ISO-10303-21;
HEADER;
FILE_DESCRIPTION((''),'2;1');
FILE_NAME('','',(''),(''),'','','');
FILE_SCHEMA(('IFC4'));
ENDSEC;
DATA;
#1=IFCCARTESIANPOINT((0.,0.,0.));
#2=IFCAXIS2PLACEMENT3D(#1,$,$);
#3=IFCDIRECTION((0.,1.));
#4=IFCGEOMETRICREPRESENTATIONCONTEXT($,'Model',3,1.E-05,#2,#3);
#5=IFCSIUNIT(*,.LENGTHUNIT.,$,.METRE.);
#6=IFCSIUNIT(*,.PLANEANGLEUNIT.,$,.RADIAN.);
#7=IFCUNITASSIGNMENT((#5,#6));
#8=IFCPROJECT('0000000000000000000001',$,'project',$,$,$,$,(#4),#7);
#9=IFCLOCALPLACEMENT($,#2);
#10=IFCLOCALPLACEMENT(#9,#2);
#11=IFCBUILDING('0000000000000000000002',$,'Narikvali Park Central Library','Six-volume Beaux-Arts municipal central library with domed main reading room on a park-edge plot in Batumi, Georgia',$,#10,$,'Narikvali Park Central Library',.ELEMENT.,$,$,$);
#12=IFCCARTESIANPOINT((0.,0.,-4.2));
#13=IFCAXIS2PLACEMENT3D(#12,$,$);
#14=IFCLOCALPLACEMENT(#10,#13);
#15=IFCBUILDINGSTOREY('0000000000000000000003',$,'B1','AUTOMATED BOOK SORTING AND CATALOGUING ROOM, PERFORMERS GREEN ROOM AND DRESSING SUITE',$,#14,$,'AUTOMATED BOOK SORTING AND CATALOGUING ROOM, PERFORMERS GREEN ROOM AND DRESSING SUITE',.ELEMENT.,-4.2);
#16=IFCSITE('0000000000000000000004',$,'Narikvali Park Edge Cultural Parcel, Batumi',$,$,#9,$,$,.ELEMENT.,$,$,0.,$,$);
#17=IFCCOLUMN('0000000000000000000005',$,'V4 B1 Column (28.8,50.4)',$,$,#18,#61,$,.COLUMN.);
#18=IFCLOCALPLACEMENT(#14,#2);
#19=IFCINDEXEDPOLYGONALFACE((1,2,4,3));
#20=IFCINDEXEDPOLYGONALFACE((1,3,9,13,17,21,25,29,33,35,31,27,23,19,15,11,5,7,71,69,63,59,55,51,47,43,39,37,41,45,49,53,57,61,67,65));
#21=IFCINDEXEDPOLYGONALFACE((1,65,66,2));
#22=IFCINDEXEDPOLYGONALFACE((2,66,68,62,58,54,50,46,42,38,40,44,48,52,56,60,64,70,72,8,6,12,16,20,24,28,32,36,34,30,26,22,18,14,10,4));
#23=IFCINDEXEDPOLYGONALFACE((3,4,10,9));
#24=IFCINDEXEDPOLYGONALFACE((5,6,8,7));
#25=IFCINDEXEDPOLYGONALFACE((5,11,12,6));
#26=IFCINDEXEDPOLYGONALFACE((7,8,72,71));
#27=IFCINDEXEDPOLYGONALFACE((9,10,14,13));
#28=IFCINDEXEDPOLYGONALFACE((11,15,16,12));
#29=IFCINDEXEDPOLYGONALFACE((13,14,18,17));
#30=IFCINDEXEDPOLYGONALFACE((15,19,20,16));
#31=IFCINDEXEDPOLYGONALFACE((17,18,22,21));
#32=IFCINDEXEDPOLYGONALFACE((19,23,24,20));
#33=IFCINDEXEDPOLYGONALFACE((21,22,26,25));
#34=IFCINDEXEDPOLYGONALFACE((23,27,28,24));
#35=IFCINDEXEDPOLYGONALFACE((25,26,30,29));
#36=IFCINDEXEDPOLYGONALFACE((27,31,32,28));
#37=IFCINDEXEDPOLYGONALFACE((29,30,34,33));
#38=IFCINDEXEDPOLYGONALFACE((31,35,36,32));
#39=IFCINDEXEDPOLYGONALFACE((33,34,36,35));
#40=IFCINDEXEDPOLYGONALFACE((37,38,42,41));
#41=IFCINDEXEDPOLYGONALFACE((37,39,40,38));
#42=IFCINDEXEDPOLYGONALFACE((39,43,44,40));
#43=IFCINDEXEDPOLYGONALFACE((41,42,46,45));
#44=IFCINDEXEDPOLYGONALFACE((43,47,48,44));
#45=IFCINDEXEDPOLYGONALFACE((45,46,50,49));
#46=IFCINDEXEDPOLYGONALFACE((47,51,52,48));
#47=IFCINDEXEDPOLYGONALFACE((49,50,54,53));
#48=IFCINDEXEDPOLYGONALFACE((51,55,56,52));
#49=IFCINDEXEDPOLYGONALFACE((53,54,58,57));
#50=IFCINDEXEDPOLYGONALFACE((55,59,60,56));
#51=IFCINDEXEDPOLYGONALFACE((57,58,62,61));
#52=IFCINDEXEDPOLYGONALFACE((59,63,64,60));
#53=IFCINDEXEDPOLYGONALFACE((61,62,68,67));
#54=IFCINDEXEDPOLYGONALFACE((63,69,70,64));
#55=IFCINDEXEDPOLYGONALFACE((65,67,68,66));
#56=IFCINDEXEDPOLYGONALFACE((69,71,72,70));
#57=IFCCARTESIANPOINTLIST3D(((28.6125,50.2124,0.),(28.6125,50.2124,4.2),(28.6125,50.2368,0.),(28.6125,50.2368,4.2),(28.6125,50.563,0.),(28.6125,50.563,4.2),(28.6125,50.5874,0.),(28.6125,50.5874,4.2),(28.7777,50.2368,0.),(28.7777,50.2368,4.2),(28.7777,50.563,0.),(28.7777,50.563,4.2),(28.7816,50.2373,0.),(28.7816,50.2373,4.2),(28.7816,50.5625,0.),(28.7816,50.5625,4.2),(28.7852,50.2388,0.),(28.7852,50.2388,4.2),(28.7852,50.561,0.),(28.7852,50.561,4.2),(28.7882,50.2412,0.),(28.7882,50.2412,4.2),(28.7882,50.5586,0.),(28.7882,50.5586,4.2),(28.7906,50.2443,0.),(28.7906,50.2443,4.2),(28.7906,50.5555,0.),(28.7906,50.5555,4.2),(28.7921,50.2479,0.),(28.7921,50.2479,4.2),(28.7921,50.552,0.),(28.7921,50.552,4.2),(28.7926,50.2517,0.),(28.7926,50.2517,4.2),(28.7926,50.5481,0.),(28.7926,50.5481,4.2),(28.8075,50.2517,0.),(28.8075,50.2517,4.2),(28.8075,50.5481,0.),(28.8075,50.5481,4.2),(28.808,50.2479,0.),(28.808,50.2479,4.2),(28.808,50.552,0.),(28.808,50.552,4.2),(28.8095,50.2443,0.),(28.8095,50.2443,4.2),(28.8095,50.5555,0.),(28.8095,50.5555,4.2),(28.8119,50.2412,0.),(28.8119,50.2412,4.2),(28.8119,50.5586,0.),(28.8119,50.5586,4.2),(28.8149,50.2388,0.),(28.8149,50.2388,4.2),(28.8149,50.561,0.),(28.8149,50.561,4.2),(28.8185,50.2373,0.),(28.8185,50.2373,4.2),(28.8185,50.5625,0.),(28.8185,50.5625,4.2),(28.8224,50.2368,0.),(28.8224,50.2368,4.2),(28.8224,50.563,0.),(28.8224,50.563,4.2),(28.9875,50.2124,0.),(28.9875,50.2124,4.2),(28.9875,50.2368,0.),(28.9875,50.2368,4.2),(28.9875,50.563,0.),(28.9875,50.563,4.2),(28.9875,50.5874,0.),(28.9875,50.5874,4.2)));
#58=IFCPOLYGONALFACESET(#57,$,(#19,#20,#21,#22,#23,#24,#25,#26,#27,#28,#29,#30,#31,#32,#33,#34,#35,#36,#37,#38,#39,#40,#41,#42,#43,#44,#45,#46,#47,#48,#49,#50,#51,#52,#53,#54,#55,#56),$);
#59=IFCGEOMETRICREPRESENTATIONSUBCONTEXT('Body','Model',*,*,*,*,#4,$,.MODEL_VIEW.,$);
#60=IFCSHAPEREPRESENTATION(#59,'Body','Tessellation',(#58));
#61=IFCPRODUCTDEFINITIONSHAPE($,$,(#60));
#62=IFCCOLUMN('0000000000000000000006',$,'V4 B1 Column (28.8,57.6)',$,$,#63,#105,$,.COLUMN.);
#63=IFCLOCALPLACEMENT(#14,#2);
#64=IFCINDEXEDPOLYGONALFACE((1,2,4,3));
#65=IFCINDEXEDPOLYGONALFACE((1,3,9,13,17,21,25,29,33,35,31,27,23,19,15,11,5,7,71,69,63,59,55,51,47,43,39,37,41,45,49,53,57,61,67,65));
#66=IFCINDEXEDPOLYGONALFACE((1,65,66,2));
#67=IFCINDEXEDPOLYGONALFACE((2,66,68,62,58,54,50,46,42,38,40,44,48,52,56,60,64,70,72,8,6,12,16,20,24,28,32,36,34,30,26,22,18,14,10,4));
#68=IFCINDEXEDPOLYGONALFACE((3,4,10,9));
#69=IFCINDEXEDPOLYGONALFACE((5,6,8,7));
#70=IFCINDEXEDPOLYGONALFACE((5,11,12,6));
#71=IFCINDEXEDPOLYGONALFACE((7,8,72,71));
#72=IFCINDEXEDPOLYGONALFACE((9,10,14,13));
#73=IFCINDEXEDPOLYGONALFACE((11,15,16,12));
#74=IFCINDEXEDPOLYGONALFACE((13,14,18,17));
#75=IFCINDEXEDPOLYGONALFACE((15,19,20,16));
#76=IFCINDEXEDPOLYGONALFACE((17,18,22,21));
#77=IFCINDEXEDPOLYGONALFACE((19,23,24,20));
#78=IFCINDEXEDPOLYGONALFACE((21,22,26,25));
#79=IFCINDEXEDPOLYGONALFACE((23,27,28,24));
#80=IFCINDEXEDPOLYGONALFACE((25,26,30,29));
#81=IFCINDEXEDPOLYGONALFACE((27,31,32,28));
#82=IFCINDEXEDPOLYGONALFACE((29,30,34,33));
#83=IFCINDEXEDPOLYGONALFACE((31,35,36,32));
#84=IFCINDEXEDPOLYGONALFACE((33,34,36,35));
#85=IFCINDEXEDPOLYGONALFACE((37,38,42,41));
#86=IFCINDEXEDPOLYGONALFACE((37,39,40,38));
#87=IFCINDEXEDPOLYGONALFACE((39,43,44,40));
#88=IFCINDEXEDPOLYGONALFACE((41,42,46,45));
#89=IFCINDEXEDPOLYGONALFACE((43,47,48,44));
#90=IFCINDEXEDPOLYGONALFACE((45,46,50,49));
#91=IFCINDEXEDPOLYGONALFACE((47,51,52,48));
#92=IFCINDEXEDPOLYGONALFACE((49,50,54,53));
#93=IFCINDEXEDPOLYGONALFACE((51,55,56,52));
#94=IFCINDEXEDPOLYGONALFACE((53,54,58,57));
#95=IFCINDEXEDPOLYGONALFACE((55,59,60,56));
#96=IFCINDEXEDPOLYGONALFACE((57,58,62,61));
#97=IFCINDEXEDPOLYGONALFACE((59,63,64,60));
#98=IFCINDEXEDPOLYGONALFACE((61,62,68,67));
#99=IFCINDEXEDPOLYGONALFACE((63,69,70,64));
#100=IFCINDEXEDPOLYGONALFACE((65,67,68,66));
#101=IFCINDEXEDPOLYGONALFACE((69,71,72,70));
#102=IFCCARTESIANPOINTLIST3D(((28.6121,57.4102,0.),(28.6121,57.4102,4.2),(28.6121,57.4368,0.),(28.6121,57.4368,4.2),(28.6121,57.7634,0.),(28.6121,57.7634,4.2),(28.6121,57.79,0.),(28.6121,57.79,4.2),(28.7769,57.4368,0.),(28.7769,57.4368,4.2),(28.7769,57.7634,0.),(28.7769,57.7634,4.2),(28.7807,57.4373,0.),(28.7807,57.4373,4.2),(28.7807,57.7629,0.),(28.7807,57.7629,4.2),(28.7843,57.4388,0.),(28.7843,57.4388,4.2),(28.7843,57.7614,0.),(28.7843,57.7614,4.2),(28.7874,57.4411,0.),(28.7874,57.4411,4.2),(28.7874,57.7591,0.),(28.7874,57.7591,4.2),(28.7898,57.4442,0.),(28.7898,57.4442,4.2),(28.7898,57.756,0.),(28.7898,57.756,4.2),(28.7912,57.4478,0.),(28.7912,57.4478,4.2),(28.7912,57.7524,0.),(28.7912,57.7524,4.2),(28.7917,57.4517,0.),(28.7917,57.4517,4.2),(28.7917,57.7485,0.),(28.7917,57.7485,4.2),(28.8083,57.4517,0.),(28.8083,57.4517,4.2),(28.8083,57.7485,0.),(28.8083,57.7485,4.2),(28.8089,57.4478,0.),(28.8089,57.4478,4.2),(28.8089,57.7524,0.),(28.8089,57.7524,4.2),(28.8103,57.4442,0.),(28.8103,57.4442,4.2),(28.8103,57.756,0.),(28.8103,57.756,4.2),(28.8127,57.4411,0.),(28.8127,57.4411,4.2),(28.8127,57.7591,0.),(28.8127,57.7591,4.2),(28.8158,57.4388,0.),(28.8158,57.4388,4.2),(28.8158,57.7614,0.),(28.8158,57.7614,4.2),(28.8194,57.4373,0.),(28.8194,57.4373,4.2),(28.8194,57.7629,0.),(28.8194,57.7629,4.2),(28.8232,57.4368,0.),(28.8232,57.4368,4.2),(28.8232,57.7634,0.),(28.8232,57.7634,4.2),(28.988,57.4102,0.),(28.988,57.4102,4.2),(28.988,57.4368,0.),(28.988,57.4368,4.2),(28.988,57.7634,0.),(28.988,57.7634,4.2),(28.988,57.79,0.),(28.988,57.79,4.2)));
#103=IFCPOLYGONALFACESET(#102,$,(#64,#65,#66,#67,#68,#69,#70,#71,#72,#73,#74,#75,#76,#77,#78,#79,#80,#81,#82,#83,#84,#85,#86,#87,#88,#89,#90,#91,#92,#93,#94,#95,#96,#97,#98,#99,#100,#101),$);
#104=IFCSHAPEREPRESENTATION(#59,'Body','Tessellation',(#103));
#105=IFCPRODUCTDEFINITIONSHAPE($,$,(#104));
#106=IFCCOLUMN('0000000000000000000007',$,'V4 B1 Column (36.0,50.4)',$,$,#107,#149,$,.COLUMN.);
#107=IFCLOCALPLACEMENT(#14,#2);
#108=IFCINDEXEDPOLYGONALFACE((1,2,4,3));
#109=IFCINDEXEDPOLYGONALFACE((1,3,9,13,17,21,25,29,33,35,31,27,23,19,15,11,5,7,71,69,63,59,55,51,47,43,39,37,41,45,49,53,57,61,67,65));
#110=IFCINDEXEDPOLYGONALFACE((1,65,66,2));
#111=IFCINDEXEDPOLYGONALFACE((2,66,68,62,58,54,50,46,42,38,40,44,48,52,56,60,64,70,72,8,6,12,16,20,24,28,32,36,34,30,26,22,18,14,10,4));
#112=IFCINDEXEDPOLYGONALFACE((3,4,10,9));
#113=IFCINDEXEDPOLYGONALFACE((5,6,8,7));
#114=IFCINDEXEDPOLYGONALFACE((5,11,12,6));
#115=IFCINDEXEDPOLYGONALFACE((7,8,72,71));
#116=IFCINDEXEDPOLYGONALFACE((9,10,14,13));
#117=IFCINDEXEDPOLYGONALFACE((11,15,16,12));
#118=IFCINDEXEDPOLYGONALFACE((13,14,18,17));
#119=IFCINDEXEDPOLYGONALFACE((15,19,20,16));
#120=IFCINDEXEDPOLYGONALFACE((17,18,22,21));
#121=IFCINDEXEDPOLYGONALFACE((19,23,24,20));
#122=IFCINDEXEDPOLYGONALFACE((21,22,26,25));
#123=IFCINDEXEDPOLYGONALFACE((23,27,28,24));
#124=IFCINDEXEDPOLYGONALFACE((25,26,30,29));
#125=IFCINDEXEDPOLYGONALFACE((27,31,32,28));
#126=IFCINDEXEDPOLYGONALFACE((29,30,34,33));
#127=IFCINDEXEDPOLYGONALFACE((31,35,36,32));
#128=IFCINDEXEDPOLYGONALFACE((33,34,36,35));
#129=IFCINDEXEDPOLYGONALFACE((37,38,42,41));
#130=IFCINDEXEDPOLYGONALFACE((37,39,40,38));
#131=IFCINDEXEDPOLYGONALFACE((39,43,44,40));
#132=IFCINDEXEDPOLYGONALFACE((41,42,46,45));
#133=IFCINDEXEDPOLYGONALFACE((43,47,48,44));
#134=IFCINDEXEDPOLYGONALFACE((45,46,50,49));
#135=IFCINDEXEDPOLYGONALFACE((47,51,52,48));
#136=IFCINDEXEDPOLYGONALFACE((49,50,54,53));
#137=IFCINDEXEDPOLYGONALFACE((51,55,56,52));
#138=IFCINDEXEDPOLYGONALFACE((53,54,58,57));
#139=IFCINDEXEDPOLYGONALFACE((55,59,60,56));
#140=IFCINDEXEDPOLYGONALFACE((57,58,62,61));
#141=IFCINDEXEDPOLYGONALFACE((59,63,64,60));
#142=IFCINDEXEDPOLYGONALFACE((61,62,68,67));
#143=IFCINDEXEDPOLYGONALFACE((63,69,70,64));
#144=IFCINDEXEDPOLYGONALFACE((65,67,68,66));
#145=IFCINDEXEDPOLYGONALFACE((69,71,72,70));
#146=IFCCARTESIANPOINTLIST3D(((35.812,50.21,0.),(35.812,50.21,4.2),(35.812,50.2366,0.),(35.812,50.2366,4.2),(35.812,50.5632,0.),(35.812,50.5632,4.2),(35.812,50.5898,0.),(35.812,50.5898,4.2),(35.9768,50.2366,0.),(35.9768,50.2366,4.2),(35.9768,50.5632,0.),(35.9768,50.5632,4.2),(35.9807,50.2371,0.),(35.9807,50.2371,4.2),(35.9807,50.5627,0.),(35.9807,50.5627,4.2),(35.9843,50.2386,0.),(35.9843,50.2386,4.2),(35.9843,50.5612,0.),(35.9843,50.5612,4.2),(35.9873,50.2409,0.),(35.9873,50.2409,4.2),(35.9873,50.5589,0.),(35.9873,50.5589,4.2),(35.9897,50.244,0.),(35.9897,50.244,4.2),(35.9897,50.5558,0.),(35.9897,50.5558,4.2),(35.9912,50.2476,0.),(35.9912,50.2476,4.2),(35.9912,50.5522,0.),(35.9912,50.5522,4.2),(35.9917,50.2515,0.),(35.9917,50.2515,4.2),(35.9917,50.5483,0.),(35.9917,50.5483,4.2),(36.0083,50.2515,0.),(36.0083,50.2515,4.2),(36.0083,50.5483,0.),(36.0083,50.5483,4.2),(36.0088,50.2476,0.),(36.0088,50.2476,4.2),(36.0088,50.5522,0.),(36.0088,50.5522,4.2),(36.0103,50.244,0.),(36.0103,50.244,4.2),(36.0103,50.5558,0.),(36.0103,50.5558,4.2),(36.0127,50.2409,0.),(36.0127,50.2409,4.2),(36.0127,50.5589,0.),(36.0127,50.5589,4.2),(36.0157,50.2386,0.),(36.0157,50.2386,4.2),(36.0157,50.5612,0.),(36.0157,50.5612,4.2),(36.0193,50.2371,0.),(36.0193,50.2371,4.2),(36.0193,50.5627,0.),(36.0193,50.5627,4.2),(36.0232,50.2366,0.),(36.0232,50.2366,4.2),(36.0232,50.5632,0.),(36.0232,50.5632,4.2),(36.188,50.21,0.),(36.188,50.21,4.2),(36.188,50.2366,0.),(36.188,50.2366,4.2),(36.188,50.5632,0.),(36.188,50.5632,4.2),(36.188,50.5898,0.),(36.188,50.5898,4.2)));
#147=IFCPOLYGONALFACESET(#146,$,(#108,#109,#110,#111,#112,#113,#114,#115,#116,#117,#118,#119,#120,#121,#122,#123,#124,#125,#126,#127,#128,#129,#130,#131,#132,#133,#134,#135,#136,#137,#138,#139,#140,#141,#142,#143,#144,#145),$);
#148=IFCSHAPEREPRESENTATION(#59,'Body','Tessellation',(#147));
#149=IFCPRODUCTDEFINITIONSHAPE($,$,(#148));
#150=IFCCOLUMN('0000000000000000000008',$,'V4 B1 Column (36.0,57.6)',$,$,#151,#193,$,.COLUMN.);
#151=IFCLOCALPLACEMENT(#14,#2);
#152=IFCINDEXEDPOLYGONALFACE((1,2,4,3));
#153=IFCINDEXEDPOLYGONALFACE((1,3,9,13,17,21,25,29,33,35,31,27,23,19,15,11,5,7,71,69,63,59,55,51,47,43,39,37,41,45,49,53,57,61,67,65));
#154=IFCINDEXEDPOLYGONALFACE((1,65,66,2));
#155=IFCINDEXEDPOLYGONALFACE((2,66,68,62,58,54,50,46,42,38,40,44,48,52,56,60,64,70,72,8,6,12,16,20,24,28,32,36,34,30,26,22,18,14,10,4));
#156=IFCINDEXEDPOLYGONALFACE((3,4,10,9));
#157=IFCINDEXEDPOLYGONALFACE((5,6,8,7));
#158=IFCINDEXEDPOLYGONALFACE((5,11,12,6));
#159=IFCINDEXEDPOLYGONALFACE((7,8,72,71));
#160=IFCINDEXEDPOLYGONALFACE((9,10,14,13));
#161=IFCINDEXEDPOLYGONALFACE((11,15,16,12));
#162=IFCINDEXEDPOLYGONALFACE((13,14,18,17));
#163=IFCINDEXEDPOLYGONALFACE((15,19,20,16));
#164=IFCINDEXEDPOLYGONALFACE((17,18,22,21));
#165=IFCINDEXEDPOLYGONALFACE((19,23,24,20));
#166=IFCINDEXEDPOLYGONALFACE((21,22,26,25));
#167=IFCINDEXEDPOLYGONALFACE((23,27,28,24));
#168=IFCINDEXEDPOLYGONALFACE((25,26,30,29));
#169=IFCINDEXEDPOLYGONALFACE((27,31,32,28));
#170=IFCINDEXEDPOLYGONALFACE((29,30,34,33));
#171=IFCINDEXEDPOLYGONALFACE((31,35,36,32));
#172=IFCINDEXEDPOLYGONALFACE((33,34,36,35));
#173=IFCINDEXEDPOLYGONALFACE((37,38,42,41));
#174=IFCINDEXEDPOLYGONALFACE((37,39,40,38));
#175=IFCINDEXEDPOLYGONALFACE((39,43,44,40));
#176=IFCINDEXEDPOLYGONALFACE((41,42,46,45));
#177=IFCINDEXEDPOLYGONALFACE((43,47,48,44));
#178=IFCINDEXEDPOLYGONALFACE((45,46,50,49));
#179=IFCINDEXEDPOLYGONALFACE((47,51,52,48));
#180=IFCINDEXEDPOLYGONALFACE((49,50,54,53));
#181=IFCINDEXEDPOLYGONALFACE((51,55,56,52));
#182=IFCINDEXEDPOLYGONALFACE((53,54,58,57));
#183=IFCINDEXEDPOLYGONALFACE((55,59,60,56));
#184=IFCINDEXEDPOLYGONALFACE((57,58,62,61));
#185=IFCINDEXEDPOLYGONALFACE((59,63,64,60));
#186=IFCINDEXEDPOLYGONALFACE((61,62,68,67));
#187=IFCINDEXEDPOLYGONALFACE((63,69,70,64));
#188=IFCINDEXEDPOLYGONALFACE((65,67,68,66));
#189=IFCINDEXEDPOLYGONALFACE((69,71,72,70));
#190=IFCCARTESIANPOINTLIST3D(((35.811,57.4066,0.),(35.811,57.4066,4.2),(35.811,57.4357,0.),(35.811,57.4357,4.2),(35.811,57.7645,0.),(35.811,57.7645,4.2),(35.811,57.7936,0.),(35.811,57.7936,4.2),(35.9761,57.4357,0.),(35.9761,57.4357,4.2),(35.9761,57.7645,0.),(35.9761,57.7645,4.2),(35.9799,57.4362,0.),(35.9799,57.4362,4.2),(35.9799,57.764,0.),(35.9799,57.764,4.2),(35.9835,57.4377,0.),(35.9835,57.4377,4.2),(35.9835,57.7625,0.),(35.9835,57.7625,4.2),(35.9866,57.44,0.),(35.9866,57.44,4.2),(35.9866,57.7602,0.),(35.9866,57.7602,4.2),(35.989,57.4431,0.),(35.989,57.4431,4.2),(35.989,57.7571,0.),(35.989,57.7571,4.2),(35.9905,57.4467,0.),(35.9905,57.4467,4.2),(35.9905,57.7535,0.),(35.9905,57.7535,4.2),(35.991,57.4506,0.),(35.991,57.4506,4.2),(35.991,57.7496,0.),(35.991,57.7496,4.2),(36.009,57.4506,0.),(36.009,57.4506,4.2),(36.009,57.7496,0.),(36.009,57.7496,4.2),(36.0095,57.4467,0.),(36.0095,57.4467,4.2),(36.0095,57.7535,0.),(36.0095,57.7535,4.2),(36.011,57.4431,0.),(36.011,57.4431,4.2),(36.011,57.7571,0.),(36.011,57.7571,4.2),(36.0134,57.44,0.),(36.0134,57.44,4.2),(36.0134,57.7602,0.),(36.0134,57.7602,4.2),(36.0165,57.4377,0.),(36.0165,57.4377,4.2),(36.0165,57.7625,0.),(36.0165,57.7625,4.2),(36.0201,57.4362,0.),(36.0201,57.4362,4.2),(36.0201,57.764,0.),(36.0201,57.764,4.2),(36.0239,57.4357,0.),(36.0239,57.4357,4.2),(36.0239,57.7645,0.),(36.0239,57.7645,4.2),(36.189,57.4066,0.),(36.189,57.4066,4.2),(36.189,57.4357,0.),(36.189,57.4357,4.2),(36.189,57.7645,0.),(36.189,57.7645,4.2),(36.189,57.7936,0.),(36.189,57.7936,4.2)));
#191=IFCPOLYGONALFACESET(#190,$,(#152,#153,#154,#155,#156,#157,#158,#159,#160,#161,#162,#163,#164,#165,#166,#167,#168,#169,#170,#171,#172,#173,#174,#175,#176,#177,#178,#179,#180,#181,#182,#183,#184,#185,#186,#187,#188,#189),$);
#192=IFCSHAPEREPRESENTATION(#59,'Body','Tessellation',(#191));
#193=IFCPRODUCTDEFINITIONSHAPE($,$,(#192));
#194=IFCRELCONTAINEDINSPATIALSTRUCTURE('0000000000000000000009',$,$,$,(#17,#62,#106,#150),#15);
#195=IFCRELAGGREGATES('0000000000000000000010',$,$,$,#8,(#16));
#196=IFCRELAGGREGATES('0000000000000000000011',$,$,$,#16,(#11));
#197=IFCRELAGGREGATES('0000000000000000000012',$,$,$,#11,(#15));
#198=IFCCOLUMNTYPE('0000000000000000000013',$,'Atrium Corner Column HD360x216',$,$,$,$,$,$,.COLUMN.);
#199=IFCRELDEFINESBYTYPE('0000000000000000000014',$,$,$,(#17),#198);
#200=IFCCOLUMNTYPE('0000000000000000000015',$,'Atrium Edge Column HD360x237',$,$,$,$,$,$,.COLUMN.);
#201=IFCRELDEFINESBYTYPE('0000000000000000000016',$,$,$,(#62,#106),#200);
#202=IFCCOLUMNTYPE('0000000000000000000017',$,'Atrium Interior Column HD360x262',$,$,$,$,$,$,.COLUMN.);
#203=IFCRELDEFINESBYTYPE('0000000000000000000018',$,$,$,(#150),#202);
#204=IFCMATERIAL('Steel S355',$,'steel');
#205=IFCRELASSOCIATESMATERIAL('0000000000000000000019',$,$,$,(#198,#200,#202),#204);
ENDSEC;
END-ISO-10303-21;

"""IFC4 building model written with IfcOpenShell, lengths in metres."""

from ifc_helpers import new_model, si_unit, direction, frame, origin, origin_2d, place, context, subcontext, project, spatial, i_section, extrude, material, material_profile, profile_set, type_object, element, save


model = new_model("IFC4")

# Units and contexts
model_context = context("Model", 3, precision=1e-05, world=origin(), true_north=direction((0.0, 1.0)))
body_context = subcontext(model_context, "Body", "Model", "MODEL_VIEW")
ifc_project = project(units=[si_unit("LENGTHUNIT", "METRE"), si_unit("PLANEANGLEUNIT", "RADIAN")], contexts=[model_context])

# Site, building, storey
site_placement = place(None, origin())
site = spatial("IfcSite", under=ifc_project, at=site_placement, Name="Narikvali Park Edge Cultural Parcel, Batumi", CompositionType="ELEMENT", RefElevation=0.0)
building_placement = place(site_placement, origin())
building = spatial("IfcBuilding", under=site, at=building_placement, Name="Narikvali Park Central Library", Description="Six-volume Beaux-Arts municipal central library with domed main reading room on a park-edge plot in Batumi, Georgia", LongName="Narikvali Park Central Library", CompositionType="ELEMENT")
storey_placement = place(building_placement, frame((0.0, 0.0, -4.2)))
storey = spatial("IfcBuildingStorey", under=building, at=storey_placement, Name="B1", Description="AUTOMATED BOOK SORTING AND CATALOGUING ROOM, PERFORMERS GREEN ROOM AND DRESSING SUITE", LongName="AUTOMATED BOOK SORTING AND CATALOGUING ROOM, PERFORMERS GREEN ROOM AND DRESSING SUITE", CompositionType="ELEMENT", Elevation=-4.2)

# Columns
ifc_material_1 = material(Name="Steel S355", Category="steel")
ifc_material_profile_1 = material_profile(ifc_material_1, i_section(OverallWidth=0.375, OverallDepth=0.375, WebThickness=0.0149, FlangeThickness=0.0244, FilletRadius=0.0149, at=origin_2d()), Name="HD 360x216")
ifc_profile_set_1 = profile_set([ifc_material_profile_1], Name="Steel S355")
column_type_1 = type_object("IfcColumnType", Name="Atrium Corner Column HD360x216", PredefinedType="COLUMN", material=ifc_profile_set_1)
column_1_placement = place(storey_placement, frame((28.8, 50.3999, 0.0), z_axis=(0.0, 0.0, 1.0), x_axis=(1.0, 0.0, 0.0)))
element("IfcColumn", 1, at=column_1_placement, inside=storey, type_object=column_type_1, Name="V4 B1 Column (28.8,50.4)", PredefinedType="COLUMN", context=body_context, shape_type="SweptSolid", body=[
    extrude(i_section(OverallWidth=0.375, OverallDepth=0.375, WebThickness=0.0149, FlangeThickness=0.0244, FilletRadius=0.0149, at=origin_2d()), origin(), (0.0, 0.0, 1.0), 4.2),
])
ifc_material_profile_2 = material_profile(ifc_material_1, i_section(OverallWidth=0.376, OverallDepth=0.3799, WebThickness=0.0166, FlangeThickness=0.0266, FilletRadius=0.0149, at=origin_2d()), Name="HD 360x237")
ifc_profile_set_2 = profile_set([ifc_material_profile_2], Name="Steel S355")
column_type_2 = type_object("IfcColumnType", Name="Atrium Edge Column HD360x237", PredefinedType="COLUMN", material=ifc_profile_set_2)
for number, where, z_axis, x_axis, name in (
    (2, (28.8, 57.6001, 0.0), (0.0, 0.0, 1.0), (1.0, 0.0, 0.0), "V4 B1 Column (28.8,57.6)"),
    (3, (36.0, 50.3999, 0.0), (0.0, 0.0, 1.0), (1.0, 0.0, 0.0), "V4 B1 Column (36.0,50.4)"),
):
    element("IfcColumn", number, at=place(storey_placement, frame(where, z_axis=z_axis, x_axis=x_axis)), inside=storey, type_object=column_type_2, Name=name, PredefinedType="COLUMN", context=body_context, shape_type="SweptSolid", body=[
        extrude(i_section(OverallWidth=0.376, OverallDepth=0.3799, WebThickness=0.0166, FlangeThickness=0.0266, FilletRadius=0.0149, at=origin_2d()), origin(), (0.0, 0.0, 1.0), 4.2),
    ])
ifc_material_profile_3 = material_profile(ifc_material_1, i_section(OverallWidth=0.3779, OverallDepth=0.387, WebThickness=0.0181, FlangeThickness=0.0291, FilletRadius=0.0149, at=origin_2d()), Name="HD 360x262")
ifc_profile_set_3 = profile_set([ifc_material_profile_3], Name="Steel S355")
column_type_3 = type_object("IfcColumnType", Name="Atrium Interior Column HD360x262", PredefinedType="COLUMN", material=ifc_profile_set_3)
column_2_placement = place(storey_placement, frame((36.0, 57.6001, 0.0), z_axis=(0.0, 0.0, 1.0), x_axis=(1.0, 0.0, 0.0)))
element("IfcColumn", 4, at=column_2_placement, inside=storey, type_object=column_type_3, Name="V4 B1 Column (36.0,57.6)", PredefinedType="COLUMN", context=body_context, shape_type="SweptSolid", body=[
    extrude(i_section(OverallWidth=0.3779, OverallDepth=0.387, WebThickness=0.0181, FlangeThickness=0.0291, FilletRadius=0.0149, at=origin_2d()), origin(), (0.0, 0.0, 1.0), 4.2),
])

save(model, "model.ifc")
